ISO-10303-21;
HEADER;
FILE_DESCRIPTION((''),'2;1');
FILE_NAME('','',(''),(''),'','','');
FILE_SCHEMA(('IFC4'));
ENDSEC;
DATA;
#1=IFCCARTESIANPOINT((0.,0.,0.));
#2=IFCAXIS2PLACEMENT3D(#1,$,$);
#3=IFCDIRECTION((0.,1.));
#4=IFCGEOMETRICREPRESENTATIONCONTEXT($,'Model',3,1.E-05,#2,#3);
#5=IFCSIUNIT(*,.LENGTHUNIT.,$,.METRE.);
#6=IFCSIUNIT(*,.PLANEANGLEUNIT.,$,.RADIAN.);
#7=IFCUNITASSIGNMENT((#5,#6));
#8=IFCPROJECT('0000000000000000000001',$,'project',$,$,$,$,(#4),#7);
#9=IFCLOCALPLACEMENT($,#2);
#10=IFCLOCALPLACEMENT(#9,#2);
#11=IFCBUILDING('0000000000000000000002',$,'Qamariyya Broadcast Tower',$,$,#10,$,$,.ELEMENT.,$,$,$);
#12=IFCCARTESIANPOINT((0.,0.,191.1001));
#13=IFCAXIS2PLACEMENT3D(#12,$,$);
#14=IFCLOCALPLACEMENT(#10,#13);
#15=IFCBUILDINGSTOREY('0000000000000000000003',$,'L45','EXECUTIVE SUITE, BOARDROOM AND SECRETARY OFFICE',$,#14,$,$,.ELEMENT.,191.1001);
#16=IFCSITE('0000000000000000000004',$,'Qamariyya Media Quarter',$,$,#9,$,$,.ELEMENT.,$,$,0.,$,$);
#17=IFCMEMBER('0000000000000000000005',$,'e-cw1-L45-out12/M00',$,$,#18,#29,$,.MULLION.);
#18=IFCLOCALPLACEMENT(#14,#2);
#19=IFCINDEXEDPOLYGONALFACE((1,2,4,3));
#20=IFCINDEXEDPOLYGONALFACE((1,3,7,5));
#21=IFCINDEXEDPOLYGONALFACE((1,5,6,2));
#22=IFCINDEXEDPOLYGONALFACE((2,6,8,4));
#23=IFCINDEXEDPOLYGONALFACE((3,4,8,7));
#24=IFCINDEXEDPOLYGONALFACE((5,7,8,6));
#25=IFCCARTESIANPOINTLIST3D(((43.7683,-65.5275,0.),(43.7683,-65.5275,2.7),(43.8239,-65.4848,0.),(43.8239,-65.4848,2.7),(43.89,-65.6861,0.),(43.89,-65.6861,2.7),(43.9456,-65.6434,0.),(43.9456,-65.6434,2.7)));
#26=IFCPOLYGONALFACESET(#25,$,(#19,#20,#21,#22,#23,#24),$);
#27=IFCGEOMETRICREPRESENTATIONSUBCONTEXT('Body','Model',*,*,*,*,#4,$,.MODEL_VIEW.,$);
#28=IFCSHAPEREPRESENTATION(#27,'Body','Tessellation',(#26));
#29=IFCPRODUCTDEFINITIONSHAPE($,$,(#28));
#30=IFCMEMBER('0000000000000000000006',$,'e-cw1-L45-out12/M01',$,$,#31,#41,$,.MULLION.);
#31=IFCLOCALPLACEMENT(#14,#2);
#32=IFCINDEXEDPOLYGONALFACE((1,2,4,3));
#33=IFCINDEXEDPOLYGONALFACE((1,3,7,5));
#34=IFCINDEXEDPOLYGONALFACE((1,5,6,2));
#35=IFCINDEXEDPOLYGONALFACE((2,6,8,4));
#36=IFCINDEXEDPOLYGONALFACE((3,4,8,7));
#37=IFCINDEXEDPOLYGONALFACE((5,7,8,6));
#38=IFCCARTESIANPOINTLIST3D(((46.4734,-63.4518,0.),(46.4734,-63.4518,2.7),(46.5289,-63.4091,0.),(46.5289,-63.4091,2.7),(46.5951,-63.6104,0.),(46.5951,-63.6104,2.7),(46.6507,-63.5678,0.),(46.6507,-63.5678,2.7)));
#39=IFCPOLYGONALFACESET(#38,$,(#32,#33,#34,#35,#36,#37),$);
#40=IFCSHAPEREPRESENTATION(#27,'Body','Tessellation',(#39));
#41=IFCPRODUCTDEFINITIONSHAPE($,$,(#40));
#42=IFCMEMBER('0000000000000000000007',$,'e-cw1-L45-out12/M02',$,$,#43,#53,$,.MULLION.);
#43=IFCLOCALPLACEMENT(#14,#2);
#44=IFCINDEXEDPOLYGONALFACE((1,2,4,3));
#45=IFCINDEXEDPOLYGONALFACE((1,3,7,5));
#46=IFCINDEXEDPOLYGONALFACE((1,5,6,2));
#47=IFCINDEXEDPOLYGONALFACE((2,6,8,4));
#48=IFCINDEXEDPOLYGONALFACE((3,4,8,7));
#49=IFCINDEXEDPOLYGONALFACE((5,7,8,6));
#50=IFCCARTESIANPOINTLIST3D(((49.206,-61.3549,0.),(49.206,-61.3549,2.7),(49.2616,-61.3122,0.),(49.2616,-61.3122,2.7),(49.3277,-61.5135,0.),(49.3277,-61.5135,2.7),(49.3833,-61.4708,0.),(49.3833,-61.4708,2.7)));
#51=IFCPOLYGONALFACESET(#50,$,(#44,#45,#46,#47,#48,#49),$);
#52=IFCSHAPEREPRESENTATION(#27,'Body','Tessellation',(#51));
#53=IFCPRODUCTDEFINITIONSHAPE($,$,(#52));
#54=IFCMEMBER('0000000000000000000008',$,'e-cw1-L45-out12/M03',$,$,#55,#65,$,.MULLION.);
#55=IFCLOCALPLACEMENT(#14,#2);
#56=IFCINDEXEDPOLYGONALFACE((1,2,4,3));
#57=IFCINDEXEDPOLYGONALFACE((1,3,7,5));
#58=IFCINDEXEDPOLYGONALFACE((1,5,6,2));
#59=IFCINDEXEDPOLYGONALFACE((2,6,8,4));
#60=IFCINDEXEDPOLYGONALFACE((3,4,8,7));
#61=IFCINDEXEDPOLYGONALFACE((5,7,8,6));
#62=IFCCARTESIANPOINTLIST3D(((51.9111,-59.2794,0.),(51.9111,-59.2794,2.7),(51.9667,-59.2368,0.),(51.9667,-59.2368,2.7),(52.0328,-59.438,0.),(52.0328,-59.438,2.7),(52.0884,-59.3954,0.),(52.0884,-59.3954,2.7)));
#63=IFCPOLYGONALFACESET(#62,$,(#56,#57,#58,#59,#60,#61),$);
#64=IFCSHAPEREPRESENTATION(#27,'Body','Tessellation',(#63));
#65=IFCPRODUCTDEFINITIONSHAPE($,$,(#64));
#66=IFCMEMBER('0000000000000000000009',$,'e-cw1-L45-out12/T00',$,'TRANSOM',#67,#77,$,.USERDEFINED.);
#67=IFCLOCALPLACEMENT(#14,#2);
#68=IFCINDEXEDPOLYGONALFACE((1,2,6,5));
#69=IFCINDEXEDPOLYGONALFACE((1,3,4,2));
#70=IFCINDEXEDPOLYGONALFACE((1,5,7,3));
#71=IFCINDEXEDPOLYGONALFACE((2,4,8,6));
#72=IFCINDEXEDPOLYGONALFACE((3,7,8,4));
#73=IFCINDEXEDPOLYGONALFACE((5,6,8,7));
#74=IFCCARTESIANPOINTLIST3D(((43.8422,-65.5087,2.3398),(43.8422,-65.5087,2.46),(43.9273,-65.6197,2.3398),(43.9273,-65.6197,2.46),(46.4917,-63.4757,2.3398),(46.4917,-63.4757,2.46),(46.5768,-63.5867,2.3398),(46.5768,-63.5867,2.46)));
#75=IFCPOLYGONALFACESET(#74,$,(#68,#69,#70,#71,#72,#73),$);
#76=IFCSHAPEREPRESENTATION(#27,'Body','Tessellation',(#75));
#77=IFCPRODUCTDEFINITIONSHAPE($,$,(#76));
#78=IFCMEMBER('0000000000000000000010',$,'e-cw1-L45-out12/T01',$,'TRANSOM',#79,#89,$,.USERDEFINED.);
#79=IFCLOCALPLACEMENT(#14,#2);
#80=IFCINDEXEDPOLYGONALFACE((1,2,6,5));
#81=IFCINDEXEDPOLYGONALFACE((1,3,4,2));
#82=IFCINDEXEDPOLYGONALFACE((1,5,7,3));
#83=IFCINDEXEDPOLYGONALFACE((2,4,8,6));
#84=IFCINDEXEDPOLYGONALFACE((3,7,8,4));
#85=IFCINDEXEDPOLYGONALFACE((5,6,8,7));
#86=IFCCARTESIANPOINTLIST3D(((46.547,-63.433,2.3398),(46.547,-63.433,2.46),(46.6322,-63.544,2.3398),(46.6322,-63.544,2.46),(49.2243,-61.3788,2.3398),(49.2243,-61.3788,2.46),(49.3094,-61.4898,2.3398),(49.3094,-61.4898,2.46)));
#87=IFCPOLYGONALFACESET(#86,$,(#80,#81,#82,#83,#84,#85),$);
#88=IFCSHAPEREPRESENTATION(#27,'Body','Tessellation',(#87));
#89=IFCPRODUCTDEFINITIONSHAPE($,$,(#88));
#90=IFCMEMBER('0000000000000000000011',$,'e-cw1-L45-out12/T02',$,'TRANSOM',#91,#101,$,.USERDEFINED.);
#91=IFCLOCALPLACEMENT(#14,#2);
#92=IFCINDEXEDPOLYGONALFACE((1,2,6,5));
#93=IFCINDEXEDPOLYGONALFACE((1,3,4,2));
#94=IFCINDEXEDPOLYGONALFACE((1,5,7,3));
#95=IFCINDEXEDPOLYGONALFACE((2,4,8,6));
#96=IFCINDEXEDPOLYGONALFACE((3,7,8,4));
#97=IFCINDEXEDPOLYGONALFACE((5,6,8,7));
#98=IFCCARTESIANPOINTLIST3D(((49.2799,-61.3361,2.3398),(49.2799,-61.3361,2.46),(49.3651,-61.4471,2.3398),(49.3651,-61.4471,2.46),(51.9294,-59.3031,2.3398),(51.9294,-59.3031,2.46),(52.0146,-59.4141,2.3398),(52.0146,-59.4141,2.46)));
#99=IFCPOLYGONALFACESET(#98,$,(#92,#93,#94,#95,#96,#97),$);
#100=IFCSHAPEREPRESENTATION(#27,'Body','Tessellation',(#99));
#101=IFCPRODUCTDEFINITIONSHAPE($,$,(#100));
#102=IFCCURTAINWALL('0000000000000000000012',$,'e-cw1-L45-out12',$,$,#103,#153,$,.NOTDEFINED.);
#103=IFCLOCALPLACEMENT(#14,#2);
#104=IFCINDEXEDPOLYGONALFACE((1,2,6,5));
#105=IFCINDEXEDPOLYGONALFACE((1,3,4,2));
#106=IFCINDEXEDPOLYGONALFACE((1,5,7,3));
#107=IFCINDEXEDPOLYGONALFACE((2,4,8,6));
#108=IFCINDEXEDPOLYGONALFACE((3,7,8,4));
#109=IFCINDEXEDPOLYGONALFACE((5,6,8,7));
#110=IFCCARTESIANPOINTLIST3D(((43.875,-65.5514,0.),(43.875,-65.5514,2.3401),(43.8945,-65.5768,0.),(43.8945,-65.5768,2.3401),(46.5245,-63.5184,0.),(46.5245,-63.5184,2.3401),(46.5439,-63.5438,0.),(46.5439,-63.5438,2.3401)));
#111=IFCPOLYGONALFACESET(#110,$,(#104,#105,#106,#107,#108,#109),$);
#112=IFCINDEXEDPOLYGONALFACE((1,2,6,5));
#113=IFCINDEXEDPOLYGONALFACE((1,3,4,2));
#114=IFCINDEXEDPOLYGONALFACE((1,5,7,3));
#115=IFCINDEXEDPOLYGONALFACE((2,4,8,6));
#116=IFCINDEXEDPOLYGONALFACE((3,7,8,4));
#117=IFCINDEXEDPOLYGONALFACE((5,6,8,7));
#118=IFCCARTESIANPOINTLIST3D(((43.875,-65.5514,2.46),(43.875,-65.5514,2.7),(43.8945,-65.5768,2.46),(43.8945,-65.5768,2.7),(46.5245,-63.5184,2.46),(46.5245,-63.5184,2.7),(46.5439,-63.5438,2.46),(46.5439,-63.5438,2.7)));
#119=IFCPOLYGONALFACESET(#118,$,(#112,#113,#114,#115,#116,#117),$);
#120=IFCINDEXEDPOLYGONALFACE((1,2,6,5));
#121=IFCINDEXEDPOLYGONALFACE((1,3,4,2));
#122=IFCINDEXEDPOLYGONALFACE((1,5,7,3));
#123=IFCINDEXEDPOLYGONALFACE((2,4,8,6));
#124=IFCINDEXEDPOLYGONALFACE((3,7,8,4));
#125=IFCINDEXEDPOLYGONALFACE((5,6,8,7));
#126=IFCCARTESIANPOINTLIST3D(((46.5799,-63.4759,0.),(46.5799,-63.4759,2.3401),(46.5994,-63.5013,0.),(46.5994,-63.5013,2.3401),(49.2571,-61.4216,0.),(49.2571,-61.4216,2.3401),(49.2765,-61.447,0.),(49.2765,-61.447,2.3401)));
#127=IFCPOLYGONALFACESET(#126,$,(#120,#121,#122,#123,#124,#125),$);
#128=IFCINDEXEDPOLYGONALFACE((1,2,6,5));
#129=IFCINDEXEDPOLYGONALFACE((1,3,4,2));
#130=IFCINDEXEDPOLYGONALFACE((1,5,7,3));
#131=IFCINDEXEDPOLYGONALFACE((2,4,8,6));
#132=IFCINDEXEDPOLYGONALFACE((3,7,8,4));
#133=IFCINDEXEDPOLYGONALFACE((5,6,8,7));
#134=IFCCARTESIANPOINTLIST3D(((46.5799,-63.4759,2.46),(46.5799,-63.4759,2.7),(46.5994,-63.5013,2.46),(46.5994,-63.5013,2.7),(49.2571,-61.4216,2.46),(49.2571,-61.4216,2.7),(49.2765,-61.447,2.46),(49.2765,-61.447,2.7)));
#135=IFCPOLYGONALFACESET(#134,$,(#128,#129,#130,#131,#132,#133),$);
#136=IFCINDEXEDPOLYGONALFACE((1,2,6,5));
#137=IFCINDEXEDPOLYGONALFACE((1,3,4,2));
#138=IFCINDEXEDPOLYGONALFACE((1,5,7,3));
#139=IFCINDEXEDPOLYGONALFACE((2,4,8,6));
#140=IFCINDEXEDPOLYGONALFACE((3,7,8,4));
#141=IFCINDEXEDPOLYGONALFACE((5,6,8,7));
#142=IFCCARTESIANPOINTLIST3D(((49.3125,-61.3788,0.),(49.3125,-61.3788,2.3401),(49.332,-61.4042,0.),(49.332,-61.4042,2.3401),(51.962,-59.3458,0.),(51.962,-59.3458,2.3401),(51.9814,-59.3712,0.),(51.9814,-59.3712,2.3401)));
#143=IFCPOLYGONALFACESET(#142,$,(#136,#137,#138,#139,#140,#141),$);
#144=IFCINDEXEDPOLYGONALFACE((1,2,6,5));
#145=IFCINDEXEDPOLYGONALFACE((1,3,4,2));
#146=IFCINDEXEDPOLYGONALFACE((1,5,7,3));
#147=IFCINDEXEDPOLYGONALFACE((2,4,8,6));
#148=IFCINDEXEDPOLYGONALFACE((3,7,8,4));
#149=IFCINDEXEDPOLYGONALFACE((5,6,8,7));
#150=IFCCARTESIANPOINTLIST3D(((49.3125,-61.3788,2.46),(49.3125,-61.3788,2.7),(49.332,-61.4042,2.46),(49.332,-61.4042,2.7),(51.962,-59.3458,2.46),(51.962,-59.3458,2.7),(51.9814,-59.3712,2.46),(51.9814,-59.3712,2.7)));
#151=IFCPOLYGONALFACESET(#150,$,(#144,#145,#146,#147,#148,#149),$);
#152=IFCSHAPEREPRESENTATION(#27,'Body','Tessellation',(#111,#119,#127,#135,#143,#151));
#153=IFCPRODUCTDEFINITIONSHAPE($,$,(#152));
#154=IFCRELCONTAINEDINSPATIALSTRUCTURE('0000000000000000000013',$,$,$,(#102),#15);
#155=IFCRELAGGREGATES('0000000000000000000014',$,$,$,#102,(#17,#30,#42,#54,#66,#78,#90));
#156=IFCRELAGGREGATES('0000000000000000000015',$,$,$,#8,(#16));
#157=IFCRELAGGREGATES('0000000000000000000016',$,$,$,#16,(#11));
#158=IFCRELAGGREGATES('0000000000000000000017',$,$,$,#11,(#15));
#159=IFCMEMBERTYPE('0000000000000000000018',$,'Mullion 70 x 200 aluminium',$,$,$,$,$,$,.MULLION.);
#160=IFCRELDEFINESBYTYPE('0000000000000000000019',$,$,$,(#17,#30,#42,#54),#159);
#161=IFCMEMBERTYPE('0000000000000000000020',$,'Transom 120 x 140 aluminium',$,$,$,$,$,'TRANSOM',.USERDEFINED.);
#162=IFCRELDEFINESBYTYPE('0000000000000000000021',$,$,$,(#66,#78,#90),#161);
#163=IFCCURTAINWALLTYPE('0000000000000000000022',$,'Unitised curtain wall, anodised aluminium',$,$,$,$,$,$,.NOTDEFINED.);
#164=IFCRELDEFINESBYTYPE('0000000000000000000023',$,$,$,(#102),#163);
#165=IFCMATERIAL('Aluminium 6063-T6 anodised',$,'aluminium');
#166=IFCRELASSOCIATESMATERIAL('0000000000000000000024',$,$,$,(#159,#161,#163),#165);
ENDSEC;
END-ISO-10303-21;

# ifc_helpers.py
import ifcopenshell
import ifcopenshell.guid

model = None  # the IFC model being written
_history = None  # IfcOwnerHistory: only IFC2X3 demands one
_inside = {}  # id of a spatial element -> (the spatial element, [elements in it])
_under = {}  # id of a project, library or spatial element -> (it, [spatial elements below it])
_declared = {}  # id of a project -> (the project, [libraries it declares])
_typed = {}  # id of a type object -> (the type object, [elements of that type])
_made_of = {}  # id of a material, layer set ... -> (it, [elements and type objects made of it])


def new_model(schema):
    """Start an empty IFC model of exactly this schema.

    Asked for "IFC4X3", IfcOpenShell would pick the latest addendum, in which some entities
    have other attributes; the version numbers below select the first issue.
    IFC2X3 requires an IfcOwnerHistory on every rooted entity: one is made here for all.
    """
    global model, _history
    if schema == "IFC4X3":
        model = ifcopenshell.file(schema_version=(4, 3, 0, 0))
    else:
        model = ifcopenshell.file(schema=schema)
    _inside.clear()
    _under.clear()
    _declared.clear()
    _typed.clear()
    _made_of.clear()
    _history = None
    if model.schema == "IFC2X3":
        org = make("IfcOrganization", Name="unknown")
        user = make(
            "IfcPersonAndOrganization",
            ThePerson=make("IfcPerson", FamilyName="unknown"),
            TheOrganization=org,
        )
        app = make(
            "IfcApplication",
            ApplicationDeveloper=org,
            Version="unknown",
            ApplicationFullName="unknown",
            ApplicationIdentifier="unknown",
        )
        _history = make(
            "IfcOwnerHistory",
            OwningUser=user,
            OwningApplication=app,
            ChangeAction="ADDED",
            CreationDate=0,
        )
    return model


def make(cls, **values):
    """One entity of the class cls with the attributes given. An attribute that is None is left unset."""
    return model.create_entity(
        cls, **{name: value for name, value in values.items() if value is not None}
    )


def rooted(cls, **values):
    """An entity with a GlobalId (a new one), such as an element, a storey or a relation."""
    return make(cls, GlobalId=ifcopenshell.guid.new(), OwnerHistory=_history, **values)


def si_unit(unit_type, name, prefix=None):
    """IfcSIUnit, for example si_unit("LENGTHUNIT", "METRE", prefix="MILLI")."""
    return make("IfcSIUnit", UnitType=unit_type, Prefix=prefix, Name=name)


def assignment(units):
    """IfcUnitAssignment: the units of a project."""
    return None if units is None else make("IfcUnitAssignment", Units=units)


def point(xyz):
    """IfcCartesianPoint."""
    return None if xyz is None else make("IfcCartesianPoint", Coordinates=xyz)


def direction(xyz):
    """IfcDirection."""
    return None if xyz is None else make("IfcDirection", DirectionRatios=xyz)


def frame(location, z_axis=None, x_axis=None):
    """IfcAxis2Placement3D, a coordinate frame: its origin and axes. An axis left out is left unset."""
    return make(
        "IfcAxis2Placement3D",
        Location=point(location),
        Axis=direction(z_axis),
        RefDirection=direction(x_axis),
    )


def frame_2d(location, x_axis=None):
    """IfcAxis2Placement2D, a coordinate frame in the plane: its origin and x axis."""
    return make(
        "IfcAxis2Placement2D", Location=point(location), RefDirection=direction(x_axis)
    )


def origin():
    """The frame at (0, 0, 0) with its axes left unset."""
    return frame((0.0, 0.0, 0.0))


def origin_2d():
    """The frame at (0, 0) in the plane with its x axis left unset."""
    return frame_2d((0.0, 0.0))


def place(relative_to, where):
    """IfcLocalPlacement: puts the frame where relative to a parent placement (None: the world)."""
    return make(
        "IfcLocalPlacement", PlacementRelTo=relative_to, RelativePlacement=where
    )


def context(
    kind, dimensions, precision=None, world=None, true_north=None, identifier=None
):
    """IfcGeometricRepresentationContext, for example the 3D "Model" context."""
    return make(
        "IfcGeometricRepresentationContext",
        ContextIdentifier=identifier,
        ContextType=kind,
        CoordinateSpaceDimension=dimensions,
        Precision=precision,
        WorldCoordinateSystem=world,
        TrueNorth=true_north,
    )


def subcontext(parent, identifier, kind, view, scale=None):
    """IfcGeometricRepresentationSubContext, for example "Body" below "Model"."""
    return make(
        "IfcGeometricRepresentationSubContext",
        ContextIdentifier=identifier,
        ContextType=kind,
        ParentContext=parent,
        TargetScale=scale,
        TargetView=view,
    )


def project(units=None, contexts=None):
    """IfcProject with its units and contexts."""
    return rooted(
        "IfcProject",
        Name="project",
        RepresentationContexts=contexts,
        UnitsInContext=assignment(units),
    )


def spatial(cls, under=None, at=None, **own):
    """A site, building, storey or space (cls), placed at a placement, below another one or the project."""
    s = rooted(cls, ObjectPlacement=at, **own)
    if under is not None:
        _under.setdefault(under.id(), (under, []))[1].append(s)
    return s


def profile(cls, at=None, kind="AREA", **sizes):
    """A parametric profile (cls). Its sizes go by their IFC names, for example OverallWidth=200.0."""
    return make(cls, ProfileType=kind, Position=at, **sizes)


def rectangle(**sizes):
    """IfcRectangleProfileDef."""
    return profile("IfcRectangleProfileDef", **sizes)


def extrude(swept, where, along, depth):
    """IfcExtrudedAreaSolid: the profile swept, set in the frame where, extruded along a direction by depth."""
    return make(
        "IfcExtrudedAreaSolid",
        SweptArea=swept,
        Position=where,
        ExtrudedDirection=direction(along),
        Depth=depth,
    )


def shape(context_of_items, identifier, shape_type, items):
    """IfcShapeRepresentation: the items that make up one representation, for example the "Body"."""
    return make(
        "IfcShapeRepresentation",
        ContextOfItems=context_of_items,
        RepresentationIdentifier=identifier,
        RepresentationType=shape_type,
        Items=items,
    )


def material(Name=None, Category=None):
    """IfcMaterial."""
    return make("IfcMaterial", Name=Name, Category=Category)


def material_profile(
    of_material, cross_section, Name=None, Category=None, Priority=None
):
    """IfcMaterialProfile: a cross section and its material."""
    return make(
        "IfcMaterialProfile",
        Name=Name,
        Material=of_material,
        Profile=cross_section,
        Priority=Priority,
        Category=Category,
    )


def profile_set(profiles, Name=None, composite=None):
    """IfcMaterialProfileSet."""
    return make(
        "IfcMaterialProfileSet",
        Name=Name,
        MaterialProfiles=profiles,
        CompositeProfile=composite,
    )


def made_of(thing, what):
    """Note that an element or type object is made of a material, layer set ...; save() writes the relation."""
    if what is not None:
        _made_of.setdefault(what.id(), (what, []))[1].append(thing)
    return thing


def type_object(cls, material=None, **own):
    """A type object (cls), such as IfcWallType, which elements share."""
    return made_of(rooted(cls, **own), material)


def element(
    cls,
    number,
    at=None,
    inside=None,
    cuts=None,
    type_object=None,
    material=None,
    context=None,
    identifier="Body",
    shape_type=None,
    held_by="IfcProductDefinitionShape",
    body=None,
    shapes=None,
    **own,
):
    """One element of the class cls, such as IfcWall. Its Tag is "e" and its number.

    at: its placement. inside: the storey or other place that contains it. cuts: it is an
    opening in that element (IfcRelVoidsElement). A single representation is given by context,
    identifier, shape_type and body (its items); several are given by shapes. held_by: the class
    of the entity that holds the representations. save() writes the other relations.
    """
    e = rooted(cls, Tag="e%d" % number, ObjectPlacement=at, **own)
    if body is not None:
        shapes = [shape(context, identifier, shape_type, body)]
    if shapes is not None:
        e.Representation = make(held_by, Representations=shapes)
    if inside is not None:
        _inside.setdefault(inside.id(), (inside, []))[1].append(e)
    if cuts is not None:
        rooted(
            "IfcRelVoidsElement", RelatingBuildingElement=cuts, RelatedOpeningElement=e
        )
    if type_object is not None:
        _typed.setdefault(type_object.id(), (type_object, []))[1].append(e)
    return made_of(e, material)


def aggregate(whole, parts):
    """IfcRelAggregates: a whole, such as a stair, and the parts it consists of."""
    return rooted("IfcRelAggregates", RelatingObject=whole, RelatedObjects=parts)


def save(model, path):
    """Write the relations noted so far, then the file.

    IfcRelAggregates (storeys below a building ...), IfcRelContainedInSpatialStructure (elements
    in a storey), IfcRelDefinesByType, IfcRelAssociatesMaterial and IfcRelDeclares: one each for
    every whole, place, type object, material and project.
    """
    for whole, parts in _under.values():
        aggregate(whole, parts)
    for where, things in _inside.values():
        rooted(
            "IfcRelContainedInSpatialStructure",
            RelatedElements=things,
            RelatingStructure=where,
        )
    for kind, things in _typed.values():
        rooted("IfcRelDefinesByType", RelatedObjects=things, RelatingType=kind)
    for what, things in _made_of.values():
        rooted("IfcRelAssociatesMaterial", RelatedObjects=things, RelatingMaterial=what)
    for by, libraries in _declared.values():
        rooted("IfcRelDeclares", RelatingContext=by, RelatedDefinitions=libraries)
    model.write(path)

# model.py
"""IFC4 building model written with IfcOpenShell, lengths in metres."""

from ifc_helpers import new_model, si_unit, direction, frame, origin, origin_2d, place, context, subcontext, project, spatial, rectangle, extrude, material, material_profile, profile_set, type_object, element, aggregate, save


model = new_model("IFC4")

# Units and contexts
model_context = context("Model", 3, precision=1e-05, world=origin(), true_north=direction((0.0, 1.0)))
body_context = subcontext(model_context, "Body", "Model", "MODEL_VIEW")
ifc_project = project(units=[si_unit("LENGTHUNIT", "METRE"), si_unit("PLANEANGLEUNIT", "RADIAN")], contexts=[model_context])

# Members
ifc_material_1 = material(Name="Aluminium 6063-T6 anodised", Category="aluminium")
ifc_material_profile_1 = material_profile(ifc_material_1, rectangle(XDim=0.2, YDim=0.0701, at=origin_2d()))
ifc_profile_set_1 = profile_set([ifc_material_profile_1], Name="Aluminium 6063-T6 anodised")
member_type_1 = type_object("IfcMemberType", Name="Mullion 70 x 200 aluminium", PredefinedType="MULLION", material=ifc_profile_set_1)
site_placement = place(None, origin())
building_placement = place(site_placement, origin())
storey_placement = place(building_placement, frame((0.0, 0.0, 191.1001)))
member_1_placement = place(storey_placement, frame((43.8569, -65.5854, 0.0), z_axis=(0.0, 0.0, 1.0), x_axis=(-0.608761, 0.793353, 0.0)))
member_1 = element("IfcMember", 1, at=member_1_placement, type_object=member_type_1, Name="e-cw1-L45-out12/M00", PredefinedType="MULLION", context=body_context, shape_type="SweptSolid", body=[
    extrude(rectangle(XDim=0.2, YDim=0.0701, at=origin_2d()), origin(), (0.0, 0.0, 1.0), 2.7),
])
member_2_placement = place(storey_placement, frame((46.562, -63.5098, 0.0), z_axis=(0.0, 0.0, 1.0), x_axis=(-0.608761, 0.793353, 0.0)))
member_2 = element("IfcMember", 2, at=member_2_placement, type_object=member_type_1, Name="e-cw1-L45-out12/M01", PredefinedType="MULLION", context=body_context, shape_type="SweptSolid", body=[
    extrude(rectangle(XDim=0.2, YDim=0.0701, at=origin_2d()), origin(), (0.0, 0.0, 1.0), 2.7),
])
member_3_placement = place(storey_placement, frame((49.2947, -61.4128, 0.0), z_axis=(0.0, 0.0, 1.0), x_axis=(-0.608761, 0.793353, 0.0)))
member_3 = element("IfcMember", 3, at=member_3_placement, type_object=member_type_1, Name="e-cw1-L45-out12/M02", PredefinedType="MULLION", context=body_context, shape_type="SweptSolid", body=[
    extrude(rectangle(XDim=0.2, YDim=0.0701, at=origin_2d()), origin(), (0.0, 0.0, 1.0), 2.7),
])
member_4_placement = place(storey_placement, frame((51.9998, -59.3374, 0.0), z_axis=(0.0, 0.0, 1.0), x_axis=(-0.608761, 0.793353, 0.0)))
member_4 = element("IfcMember", 4, at=member_4_placement, type_object=member_type_1, Name="e-cw1-L45-out12/M03", PredefinedType="MULLION", context=body_context, shape_type="SweptSolid", body=[
    extrude(rectangle(XDim=0.2, YDim=0.0701, at=origin_2d()), origin(), (0.0, 0.0, 1.0), 2.7),
])
ifc_material_profile_2 = material_profile(ifc_material_1, rectangle(XDim=0.1399, YDim=0.1201, at=origin_2d()))
ifc_profile_set_2 = profile_set([ifc_material_profile_2], Name="Aluminium 6063-T6 anodised")
member_type_2 = type_object("IfcMemberType", Name="Transom 120 x 140 aluminium", ElementType="TRANSOM", PredefinedType="USERDEFINED", material=ifc_profile_set_2)
member_5_placement = place(storey_placement, frame((43.8848, -65.5642, 2.3999), z_axis=(0.793354, 0.60876, 0.0), x_axis=(-0.60876, 0.793354, 0.0)))
member_5 = element("IfcMember", 5, at=member_5_placement, type_object=member_type_2, Name="e-cw1-L45-out12/T00", ObjectType="TRANSOM", PredefinedType="USERDEFINED", context=body_context, shape_type="SweptSolid", body=[
    extrude(rectangle(XDim=0.1399, YDim=0.1201, at=origin_2d()), origin(), (0.0, 0.0, 1.0), 3.3396),
])
member_6_placement = place(storey_placement, frame((46.5896, -63.4885, 2.3999), z_axis=(0.793371, 0.608738, 0.0), x_axis=(-0.608738, 0.793371, 0.0)))
member_6 = element("IfcMember", 6, at=member_6_placement, type_object=member_type_2, Name="e-cw1-L45-out12/T01", ObjectType="TRANSOM", PredefinedType="USERDEFINED", context=body_context, shape_type="SweptSolid", body=[
    extrude(rectangle(XDim=0.1399, YDim=0.1201, at=origin_2d()), origin(), (0.0, 0.0, 1.0), 3.3745),
])
member_7_placement = place(storey_placement, frame((49.3225, -61.3916, 2.3999), z_axis=(0.793354, 0.60876, 0.0), x_axis=(-0.60876, 0.793354, 0.0)))
member_7 = element("IfcMember", 7, at=member_7_placement, type_object=member_type_2, Name="e-cw1-L45-out12/T02", ObjectType="TRANSOM", PredefinedType="USERDEFINED", context=body_context, shape_type="SweptSolid", body=[
    extrude(rectangle(XDim=0.1399, YDim=0.1201, at=origin_2d()), origin(), (0.0, 0.0, 1.0), 3.3396),
])

# Site, building, storey
site = spatial("IfcSite", under=ifc_project, at=site_placement, Name="Qamariyya Media Quarter", CompositionType="ELEMENT", RefElevation=0.0)
building = spatial("IfcBuilding", under=site, at=building_placement, Name="Qamariyya Broadcast Tower", CompositionType="ELEMENT")
storey = spatial("IfcBuildingStorey", under=building, at=storey_placement, Name="L45", Description="EXECUTIVE SUITE, BOARDROOM AND SECRETARY OFFICE", CompositionType="ELEMENT", Elevation=191.1001)

# Curtain wall
curtain_wall_type = type_object("IfcCurtainWallType", Name="Unitised curtain wall, anodised aluminium", PredefinedType="NOTDEFINED", material=ifc_material_1)
curtain_wall_1_placement = place(storey_placement, origin())
curtain_wall_1 = element("IfcCurtainWall", 8, at=curtain_wall_1_placement, inside=storey, type_object=curtain_wall_type, Name="e-cw1-L45-out12", PredefinedType="NOTDEFINED", context=body_context, shape_type="SweptSolid", body=[
    extrude(rectangle(XDim=3.3396, YDim=0.032, at=origin_2d()), frame((45.2095, -64.5476, 0.0), x_axis=(0.793352, 0.608764, 0.0)), (0.0, 0.0, 1.0), 2.3401),
    extrude(rectangle(XDim=3.3396, YDim=0.032, at=origin_2d()), frame((45.2095, -64.5476, 2.46), x_axis=(0.793352, 0.608764, 0.0)), (0.0, 0.0, 1.0), 0.24),
    extrude(rectangle(XDim=3.3745, YDim=0.032, at=origin_2d()), frame((47.9282, -62.4614, 0.0), x_axis=(0.793352, 0.608764, 0.0)), (0.0, 0.0, 1.0), 2.3401),
    extrude(rectangle(XDim=3.3745, YDim=0.032, at=origin_2d()), frame((47.9282, -62.4614, 2.46), x_axis=(0.793352, 0.608764, 0.0)), (0.0, 0.0, 1.0), 0.24),
    extrude(rectangle(XDim=3.3396, YDim=0.032, at=origin_2d()), frame((50.647, -60.375, 0.0), x_axis=(0.793352, 0.608764, 0.0)), (0.0, 0.0, 1.0), 2.3401),
    extrude(rectangle(XDim=3.3396, YDim=0.032, at=origin_2d()), frame((50.647, -60.375, 2.46), x_axis=(0.793352, 0.608764, 0.0)), (0.0, 0.0, 1.0), 0.24),
])
aggregate(curtain_wall_1, [member_1, member_2, member_3, member_4, member_5, member_6, member_7])

save(model, "model.ifc")
